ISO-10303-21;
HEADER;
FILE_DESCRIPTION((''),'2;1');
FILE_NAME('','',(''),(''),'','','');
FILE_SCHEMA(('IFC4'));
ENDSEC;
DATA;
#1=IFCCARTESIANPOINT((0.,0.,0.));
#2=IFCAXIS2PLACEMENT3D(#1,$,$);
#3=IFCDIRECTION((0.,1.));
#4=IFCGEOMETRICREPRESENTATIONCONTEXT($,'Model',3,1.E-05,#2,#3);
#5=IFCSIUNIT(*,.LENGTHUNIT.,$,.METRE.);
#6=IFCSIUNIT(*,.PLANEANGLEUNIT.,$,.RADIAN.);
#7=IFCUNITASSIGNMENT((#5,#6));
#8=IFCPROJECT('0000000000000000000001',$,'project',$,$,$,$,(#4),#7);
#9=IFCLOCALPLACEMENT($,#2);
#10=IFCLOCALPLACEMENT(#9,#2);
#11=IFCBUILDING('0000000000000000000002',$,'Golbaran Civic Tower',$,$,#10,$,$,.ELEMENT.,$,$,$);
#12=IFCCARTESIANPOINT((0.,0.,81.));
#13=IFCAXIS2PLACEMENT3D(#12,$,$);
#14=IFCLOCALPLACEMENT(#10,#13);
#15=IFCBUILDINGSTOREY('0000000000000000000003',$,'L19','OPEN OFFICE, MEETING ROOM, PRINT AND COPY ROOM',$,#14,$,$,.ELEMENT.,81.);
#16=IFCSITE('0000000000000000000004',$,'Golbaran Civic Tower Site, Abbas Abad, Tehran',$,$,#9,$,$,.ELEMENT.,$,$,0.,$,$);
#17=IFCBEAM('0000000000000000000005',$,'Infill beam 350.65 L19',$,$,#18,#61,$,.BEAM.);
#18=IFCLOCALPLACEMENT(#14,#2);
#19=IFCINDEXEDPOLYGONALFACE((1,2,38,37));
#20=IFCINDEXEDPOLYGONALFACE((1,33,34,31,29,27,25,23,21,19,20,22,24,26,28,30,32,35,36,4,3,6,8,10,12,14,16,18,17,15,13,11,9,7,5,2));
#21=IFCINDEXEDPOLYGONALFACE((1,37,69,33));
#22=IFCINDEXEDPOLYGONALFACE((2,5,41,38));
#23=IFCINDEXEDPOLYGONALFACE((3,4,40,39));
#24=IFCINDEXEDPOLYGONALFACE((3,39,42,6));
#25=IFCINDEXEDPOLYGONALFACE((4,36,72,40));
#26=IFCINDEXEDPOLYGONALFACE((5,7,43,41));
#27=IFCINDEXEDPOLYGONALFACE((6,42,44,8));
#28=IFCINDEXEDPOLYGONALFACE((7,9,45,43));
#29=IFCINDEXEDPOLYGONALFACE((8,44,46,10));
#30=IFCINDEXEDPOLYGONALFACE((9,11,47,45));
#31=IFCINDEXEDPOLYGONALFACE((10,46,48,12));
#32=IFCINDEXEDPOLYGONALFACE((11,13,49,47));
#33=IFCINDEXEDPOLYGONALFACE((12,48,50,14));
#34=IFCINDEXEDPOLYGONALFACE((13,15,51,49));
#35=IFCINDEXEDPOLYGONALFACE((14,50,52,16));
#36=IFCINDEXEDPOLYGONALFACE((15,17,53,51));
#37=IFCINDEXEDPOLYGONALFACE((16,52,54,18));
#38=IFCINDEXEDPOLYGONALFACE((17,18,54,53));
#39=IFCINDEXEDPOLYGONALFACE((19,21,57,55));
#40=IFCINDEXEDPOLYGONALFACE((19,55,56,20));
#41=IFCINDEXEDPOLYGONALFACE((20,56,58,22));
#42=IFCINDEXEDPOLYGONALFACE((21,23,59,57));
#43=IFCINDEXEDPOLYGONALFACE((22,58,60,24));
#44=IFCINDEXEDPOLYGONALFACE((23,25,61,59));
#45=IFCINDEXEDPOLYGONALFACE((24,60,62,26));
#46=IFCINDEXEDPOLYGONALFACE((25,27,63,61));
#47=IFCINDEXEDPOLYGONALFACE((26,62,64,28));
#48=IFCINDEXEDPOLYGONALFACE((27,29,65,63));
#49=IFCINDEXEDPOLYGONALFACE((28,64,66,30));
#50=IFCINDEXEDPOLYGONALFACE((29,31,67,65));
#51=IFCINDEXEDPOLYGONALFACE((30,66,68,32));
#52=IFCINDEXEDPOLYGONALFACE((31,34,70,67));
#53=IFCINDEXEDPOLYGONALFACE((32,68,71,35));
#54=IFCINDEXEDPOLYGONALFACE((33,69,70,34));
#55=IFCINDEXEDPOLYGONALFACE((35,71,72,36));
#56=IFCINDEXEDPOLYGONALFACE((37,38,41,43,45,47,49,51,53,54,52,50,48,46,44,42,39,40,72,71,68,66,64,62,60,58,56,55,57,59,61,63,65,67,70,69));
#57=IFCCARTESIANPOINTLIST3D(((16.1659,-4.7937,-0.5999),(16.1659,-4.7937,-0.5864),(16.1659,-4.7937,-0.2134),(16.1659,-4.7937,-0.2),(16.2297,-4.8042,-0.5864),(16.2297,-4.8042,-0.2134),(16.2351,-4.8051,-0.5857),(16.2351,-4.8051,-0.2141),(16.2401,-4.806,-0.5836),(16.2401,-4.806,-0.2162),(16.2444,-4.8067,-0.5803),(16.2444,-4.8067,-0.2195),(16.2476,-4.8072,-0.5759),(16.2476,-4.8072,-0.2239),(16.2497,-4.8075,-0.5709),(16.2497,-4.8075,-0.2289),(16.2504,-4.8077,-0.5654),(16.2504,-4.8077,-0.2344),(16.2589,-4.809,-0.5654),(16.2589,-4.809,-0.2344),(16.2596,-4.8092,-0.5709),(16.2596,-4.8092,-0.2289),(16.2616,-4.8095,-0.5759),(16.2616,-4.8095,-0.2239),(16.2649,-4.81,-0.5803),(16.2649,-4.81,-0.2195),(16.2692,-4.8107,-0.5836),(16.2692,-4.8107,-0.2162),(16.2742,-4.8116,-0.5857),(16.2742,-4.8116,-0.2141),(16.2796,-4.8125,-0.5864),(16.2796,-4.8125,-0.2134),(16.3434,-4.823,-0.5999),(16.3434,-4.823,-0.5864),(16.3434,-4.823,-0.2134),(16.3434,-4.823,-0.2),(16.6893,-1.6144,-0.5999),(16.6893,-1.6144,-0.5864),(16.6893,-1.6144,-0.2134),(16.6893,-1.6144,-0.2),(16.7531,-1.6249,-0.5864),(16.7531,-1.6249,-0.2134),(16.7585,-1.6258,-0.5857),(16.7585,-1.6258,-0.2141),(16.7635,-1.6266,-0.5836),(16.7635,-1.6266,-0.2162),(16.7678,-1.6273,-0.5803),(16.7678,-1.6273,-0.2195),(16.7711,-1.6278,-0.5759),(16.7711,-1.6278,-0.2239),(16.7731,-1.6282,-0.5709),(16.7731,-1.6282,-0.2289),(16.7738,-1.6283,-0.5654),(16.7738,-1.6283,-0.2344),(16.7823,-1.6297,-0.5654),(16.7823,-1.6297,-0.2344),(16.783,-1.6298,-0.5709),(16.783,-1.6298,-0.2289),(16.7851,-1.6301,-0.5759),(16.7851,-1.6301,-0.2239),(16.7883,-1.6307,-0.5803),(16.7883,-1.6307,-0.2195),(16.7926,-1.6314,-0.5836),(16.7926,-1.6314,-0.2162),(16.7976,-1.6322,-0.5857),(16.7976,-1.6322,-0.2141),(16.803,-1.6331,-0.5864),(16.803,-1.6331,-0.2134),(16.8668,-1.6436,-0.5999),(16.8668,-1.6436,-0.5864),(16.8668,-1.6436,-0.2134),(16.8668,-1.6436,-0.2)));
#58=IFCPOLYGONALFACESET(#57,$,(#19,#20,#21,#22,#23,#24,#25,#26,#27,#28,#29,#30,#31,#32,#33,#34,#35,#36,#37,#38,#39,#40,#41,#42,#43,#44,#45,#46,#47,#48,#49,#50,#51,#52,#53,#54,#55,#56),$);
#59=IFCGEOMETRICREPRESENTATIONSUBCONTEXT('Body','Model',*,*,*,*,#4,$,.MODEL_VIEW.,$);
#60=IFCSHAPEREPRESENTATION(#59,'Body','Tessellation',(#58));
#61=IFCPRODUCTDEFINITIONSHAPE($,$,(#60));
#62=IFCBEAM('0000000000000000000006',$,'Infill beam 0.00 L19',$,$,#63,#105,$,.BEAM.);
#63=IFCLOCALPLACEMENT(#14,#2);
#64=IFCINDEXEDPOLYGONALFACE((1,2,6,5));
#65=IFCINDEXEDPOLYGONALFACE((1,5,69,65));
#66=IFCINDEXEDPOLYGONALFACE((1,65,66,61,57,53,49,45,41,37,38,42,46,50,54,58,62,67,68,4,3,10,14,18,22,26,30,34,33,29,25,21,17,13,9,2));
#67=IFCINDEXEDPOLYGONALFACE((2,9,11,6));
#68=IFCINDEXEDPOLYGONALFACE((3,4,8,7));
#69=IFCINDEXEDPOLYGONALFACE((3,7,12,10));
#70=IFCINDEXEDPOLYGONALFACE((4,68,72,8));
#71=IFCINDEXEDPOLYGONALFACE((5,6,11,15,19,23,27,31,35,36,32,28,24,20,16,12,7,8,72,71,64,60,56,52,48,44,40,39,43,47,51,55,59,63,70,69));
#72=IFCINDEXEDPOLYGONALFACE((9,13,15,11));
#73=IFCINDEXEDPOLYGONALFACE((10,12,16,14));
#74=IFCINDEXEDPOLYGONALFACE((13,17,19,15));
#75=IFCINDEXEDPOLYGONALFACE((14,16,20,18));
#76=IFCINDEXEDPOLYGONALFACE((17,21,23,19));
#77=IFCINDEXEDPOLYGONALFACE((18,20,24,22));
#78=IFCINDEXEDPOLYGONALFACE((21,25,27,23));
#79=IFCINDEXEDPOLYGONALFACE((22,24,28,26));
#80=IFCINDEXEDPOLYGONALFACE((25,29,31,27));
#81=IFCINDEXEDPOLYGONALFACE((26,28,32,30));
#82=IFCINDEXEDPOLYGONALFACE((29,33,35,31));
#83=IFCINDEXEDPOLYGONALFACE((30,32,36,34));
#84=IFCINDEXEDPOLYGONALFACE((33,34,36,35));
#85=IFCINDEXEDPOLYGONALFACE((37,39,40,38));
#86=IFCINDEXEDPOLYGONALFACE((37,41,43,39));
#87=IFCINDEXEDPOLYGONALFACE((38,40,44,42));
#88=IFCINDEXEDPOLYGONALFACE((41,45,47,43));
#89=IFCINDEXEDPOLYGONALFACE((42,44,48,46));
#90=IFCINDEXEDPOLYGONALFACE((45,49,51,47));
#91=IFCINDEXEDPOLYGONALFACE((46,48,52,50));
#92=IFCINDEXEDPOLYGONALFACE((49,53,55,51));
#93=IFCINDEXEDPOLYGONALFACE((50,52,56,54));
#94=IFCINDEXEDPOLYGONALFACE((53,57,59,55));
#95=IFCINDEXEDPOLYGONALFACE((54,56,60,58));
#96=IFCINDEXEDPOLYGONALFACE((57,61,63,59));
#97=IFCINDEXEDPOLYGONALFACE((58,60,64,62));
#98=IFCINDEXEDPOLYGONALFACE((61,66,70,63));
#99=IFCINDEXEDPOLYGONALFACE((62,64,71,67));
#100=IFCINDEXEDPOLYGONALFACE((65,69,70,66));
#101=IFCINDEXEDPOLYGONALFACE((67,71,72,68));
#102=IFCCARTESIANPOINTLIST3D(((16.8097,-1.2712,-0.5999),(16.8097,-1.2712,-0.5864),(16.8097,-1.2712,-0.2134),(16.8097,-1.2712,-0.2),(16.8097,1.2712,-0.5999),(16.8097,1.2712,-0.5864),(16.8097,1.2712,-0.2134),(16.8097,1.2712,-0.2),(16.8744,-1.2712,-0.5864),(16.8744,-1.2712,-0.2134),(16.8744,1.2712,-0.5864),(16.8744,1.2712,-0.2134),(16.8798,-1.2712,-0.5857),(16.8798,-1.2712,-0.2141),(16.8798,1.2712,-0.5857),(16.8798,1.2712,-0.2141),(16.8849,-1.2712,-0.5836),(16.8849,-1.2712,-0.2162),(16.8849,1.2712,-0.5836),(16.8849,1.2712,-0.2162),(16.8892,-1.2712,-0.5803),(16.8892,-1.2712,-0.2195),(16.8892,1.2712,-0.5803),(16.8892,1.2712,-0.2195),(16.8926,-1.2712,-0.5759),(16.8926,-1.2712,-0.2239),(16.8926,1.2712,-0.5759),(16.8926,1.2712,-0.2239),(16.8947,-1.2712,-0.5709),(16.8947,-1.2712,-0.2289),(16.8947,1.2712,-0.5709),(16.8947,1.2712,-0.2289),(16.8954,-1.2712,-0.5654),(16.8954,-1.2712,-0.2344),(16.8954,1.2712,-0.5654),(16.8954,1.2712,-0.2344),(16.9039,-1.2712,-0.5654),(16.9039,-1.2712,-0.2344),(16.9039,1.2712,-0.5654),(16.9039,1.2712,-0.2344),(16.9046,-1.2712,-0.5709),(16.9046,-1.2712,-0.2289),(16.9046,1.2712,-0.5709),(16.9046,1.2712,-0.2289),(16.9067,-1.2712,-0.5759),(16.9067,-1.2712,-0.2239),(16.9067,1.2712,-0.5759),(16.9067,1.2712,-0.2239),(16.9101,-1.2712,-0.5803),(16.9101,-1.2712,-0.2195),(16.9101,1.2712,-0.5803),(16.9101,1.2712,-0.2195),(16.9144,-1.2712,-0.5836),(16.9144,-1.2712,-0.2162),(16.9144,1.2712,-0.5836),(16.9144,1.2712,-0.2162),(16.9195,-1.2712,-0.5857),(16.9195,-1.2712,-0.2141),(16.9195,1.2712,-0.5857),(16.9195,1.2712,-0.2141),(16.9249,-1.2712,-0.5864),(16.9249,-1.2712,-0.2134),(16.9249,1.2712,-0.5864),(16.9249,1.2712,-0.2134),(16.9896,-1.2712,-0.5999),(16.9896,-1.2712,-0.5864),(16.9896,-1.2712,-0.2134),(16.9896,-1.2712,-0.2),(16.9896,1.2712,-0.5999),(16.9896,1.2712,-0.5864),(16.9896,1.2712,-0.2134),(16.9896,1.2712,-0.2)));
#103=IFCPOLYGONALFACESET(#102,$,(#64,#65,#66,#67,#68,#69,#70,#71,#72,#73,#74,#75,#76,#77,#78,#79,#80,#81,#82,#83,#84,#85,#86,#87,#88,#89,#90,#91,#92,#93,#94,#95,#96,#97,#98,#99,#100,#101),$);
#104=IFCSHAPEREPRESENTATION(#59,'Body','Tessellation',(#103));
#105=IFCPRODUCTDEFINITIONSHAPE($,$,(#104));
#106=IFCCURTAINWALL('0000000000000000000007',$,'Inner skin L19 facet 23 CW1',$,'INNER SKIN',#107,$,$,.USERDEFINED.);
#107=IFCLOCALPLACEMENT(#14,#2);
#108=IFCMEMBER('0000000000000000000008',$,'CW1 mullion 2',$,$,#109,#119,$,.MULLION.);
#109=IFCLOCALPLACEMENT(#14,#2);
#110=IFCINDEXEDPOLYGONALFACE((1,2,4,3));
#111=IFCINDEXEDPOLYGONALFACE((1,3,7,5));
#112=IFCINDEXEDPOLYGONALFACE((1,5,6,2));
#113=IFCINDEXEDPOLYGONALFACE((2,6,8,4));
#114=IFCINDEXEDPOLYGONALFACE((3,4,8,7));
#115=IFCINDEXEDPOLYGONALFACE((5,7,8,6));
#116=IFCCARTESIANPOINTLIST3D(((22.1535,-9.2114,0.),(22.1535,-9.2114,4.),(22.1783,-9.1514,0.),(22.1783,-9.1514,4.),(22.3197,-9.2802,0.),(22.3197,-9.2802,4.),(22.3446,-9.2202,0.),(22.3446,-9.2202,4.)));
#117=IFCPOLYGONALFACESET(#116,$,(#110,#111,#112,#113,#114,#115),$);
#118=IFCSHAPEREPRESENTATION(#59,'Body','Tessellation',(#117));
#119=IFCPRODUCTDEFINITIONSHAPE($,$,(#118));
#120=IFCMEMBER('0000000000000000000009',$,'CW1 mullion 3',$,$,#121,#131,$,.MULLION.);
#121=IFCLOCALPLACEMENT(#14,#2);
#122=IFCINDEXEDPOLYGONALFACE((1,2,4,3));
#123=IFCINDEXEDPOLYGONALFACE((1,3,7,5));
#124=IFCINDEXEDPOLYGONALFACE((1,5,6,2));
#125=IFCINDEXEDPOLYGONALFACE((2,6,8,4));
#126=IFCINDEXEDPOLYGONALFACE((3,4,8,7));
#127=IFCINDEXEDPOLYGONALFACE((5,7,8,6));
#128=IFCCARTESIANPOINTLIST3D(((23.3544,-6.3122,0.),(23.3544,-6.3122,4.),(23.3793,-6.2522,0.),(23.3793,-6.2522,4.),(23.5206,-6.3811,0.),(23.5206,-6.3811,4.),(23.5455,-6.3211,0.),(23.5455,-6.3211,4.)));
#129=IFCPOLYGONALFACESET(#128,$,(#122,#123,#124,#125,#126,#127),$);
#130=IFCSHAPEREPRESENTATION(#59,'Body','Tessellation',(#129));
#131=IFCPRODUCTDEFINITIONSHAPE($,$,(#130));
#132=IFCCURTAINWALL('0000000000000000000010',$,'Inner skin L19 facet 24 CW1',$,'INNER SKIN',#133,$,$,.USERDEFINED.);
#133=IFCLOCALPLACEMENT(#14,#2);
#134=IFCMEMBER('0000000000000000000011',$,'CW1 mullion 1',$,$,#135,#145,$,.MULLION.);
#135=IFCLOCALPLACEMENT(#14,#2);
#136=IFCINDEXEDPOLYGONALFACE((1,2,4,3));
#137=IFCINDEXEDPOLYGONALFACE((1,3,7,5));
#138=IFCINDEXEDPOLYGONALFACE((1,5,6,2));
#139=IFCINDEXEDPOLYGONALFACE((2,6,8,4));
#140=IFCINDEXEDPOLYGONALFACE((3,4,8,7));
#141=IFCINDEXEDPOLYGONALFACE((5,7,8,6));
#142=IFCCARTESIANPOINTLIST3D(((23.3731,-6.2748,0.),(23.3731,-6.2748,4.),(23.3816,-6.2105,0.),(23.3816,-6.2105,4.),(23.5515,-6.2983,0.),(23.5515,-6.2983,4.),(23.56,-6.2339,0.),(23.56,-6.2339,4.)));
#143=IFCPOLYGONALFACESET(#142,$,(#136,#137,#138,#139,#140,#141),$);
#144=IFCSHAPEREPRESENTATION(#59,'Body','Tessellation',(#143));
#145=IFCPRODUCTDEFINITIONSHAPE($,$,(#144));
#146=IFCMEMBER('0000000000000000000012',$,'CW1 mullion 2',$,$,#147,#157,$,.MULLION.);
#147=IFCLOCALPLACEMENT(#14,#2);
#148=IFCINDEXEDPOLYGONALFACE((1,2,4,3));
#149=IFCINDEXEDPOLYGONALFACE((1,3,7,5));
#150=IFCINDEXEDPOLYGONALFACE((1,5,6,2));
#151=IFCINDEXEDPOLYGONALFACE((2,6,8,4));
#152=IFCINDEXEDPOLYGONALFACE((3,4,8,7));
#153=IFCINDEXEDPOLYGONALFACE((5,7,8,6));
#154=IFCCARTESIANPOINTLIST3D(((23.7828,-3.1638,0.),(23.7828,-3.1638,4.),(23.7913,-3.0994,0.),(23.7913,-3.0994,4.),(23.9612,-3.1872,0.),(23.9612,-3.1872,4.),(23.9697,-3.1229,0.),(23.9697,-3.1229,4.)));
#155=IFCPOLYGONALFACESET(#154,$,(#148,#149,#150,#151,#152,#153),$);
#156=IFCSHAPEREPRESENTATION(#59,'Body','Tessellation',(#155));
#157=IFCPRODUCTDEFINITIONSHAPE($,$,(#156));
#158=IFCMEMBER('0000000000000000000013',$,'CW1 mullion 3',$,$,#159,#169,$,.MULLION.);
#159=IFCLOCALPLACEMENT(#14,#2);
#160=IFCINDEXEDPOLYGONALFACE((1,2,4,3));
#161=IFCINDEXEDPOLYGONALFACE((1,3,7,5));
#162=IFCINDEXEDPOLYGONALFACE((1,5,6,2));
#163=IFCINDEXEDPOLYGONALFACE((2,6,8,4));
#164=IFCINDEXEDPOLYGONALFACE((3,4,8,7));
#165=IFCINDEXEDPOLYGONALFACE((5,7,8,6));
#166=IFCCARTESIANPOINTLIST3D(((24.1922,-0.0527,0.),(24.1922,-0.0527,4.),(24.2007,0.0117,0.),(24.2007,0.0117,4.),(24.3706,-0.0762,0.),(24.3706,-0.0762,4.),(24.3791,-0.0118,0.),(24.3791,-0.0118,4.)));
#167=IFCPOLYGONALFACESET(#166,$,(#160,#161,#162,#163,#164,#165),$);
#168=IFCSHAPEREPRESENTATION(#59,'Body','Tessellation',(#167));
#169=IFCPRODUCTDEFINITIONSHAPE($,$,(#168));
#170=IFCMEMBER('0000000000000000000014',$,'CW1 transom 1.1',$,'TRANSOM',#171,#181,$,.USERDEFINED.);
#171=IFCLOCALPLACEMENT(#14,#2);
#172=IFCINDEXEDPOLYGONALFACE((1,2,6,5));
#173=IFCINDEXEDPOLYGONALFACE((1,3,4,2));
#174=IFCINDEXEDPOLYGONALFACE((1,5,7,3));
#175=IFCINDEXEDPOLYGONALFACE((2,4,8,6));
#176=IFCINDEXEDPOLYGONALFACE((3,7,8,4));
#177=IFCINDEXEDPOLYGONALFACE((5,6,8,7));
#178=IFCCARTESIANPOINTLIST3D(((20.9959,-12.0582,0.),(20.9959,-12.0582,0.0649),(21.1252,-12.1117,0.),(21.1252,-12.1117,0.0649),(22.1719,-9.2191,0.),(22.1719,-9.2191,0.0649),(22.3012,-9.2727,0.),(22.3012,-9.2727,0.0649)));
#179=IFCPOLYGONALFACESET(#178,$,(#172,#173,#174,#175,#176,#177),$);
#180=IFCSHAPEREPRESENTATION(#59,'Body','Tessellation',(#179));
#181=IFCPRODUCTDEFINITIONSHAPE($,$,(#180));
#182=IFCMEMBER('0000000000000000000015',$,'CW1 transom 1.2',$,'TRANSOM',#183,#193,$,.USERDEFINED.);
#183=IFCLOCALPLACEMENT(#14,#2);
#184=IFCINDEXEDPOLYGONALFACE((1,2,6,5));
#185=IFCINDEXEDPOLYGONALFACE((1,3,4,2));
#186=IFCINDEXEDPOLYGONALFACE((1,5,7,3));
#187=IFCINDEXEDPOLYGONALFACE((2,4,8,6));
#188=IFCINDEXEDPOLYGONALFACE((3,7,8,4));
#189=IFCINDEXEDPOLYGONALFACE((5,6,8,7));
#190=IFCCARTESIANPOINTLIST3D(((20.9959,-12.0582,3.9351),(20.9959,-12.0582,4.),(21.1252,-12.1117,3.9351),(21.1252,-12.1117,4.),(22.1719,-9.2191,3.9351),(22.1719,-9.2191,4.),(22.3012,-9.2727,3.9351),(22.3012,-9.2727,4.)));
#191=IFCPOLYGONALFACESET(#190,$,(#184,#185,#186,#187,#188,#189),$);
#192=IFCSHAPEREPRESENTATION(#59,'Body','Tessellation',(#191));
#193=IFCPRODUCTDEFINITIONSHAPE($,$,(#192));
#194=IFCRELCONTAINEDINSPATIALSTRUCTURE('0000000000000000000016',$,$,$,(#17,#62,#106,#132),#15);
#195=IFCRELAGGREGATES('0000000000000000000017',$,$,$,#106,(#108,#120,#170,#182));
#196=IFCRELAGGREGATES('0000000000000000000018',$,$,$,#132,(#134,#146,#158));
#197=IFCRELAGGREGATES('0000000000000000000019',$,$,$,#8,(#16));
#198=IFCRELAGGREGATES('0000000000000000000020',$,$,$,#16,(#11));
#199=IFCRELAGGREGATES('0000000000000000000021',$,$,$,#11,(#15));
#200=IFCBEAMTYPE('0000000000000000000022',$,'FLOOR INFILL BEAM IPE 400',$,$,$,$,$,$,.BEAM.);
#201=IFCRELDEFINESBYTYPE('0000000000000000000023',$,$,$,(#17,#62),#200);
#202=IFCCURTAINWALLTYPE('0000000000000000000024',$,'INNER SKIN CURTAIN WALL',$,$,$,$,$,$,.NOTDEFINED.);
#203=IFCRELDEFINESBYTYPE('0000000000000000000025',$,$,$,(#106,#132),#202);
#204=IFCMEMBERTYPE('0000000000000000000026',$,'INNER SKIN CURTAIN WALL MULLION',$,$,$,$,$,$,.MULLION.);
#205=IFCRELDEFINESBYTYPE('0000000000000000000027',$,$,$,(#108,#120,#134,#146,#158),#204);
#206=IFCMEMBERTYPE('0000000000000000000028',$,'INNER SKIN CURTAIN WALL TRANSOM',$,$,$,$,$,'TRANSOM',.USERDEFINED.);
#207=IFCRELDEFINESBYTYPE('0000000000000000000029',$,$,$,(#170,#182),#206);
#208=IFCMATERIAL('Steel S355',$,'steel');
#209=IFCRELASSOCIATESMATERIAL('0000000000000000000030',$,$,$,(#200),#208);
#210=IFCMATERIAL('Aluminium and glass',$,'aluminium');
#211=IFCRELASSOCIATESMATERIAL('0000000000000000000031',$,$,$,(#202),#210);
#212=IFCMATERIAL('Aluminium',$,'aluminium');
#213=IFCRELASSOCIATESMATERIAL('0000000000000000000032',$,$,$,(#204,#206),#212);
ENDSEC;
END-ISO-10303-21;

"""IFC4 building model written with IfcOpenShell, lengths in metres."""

from ifc_helpers import new_model, si_unit, direction, frame, origin, origin_2d, place, context, subcontext, project, spatial, rectangle, i_section, extrude, material, material_profile, profile_set, type_object, element, aggregate, save


model = new_model("IFC4")

# Units and contexts
model_context = context("Model", 3, precision=1e-05, world=origin(), true_north=direction((0.0, 1.0)))
body_context = subcontext(model_context, "Body", "Model", "MODEL_VIEW")
ifc_project = project(units=[si_unit("LENGTHUNIT", "METRE"), si_unit("PLANEANGLEUNIT", "RADIAN")], contexts=[model_context])

# Site, building, storey
site_placement = place(None, origin())
site = spatial("IfcSite", under=ifc_project, at=site_placement, Name="Golbaran Civic Tower Site, Abbas Abad, Tehran", CompositionType="ELEMENT", RefElevation=0.0)
building_placement = place(site_placement, origin())
building = spatial("IfcBuilding", under=site, at=building_placement, Name="Golbaran Civic Tower", CompositionType="ELEMENT")
storey_placement = place(building_placement, frame((0.0, 0.0, 81.0)))
storey = spatial("IfcBuildingStorey", under=building, at=storey_placement, Name="L19", Description="OPEN OFFICE, MEETING ROOM, PRINT AND COPY ROOM", CompositionType="ELEMENT", Elevation=81.0)

# Beams
ifc_material_1 = material(Name="Steel S355", Category="steel")
ifc_material_profile_1 = material_profile(ifc_material_1, i_section(OverallWidth=0.1799, OverallDepth=0.3999, WebThickness=0.0085, FlangeThickness=0.0134, FilletRadius=0.021, at=origin_2d()), Name="IPE 400")
ifc_profile_set_1 = profile_set([ifc_material_profile_1], Name="Steel S355")
beam_type_1 = type_object("IfcBeamType", Name="FLOOR INFILL BEAM IPE 400", PredefinedType="BEAM", material=ifc_profile_set_1)
beam_1_placement = place(storey_placement, frame((16.2546, -4.8083, -0.3999), z_axis=(0.162445, 0.986718, 0.0), x_axis=(-0.986718, 0.162445, 0.0)))
element("IfcBeam", 1, at=beam_1_placement, inside=storey, type_object=beam_type_1, Name="Infill beam 350.65 L19", PredefinedType="BEAM", context=body_context, shape_type="SweptSolid", body=[
    extrude(i_section(OverallWidth=0.1799, OverallDepth=0.3999, WebThickness=0.0085, FlangeThickness=0.0134, FilletRadius=0.021, at=origin_2d()), origin(), (0.0, 0.0, 1.0), 3.2222),
])
beam_2_placement = place(storey_placement, frame((16.8997, -1.2712, -0.3999), z_axis=(0.0, 1.0, 0.0), x_axis=(-1.0, 0.0, 0.0)))
element("IfcBeam", 2, at=beam_2_placement, inside=storey, type_object=beam_type_1, Name="Infill beam 0.00 L19", PredefinedType="BEAM", context=body_context, shape_type="SweptSolid", body=[
    extrude(i_section(OverallWidth=0.1799, OverallDepth=0.3999, WebThickness=0.0085, FlangeThickness=0.0134, FilletRadius=0.021, at=origin_2d()), origin(), (0.0, 0.0, 1.0), 2.5425),
])

# Curtain walls, members
ifc_material_2 = material(Name="Aluminium and glass", Category="aluminium")
curtain_wall_type = type_object("IfcCurtainWallType", Name="INNER SKIN CURTAIN WALL", PredefinedType="NOTDEFINED", material=ifc_material_2)
curtain_wall_1_placement = place(storey_placement, origin())
curtain_wall_1 = element("IfcCurtainWall", 3, at=curtain_wall_1_placement, inside=storey, type_object=curtain_wall_type, Name="Inner skin L19 facet 23 CW1", ObjectType="INNER SKIN", PredefinedType="USERDEFINED")
ifc_material_3 = material(Name="Aluminium", Category="aluminium")
ifc_material_profile_2 = material_profile(ifc_material_3, rectangle(XDim=0.1799, YDim=0.0649, at=origin_2d()), Name="INNER SKIN CURTAIN WALL MULLION")
ifc_profile_set_2 = profile_set([ifc_material_profile_2], Name="Aluminium")
member_type_1 = type_object("IfcMemberType", Name="INNER SKIN CURTAIN WALL MULLION", PredefinedType="MULLION", material=ifc_profile_set_2)
member_1_placement = place(storey_placement, frame((22.249, -9.2158, 0.0), z_axis=(0.0, 0.0, 1.0), x_axis=(-0.92388, 0.382683, 0.0)))
member_1 = element("IfcMember", 4, at=member_1_placement, type_object=member_type_1, Name="CW1 mullion 2", PredefinedType="MULLION", context=body_context, shape_type="SweptSolid", body=[
    extrude(rectangle(XDim=0.1799, YDim=0.0649, at=origin_2d()), origin(), (0.0, 0.0, 1.0), 4.0),
])
member_2_placement = place(storey_placement, frame((23.45, -6.3167, 0.0), z_axis=(0.0, 0.0, 1.0), x_axis=(-0.92388, 0.382683, 0.0)))
member_2 = element("IfcMember", 5, at=member_2_placement, type_object=member_type_1, Name="CW1 mullion 3", PredefinedType="MULLION", context=body_context, shape_type="SweptSolid", body=[
    extrude(rectangle(XDim=0.1799, YDim=0.0649, at=origin_2d()), origin(), (0.0, 0.0, 1.0), 4.0),
])
curtain_wall_2_placement = place(storey_placement, origin())
curtain_wall_2 = element("IfcCurtainWall", 6, at=curtain_wall_2_placement, inside=storey, type_object=curtain_wall_type, Name="Inner skin L19 facet 24 CW1", ObjectType="INNER SKIN", PredefinedType="USERDEFINED")
member_3_placement = place(storey_placement, frame((23.4666, -6.2544, 0.0), z_axis=(0.0, 0.0, 1.0), x_axis=(-0.991445, 0.130526, 0.0)))
member_3 = element("IfcMember", 7, at=member_3_placement, type_object=member_type_1, Name="CW1 mullion 1", PredefinedType="MULLION", context=body_context, shape_type="SweptSolid", body=[
    extrude(rectangle(XDim=0.1799, YDim=0.0649, at=origin_2d()), origin(), (0.0, 0.0, 1.0), 4.0),
])
member_4_placement = place(storey_placement, frame((23.8762, -3.1433, 0.0), z_axis=(0.0, 0.0, 1.0), x_axis=(-0.991445, 0.130526, 0.0)))
member_4 = element("IfcMember", 8, at=member_4_placement, type_object=member_type_1, Name="CW1 mullion 2", PredefinedType="MULLION", context=body_context, shape_type="SweptSolid", body=[
    extrude(rectangle(XDim=0.1799, YDim=0.0649, at=origin_2d()), origin(), (0.0, 0.0, 1.0), 4.0),
])
member_5_placement = place(storey_placement, frame((24.2856, -0.0322, 0.0), z_axis=(0.0, 0.0, 1.0), x_axis=(-0.991445, 0.130526, 0.0)))
member_5 = element("IfcMember", 9, at=member_5_placement, type_object=member_type_1, Name="CW1 mullion 3", PredefinedType="MULLION", context=body_context, shape_type="SweptSolid", body=[
    extrude(rectangle(XDim=0.1799, YDim=0.0649, at=origin_2d()), origin(), (0.0, 0.0, 1.0), 4.0),
])

# Members
ifc_material_profile_3 = material_profile(ifc_material_3, rectangle(XDim=0.1399, YDim=0.0649, at=origin_2d()), Name="INNER SKIN CURTAIN WALL TRANSOM")
ifc_profile_set_3 = profile_set([ifc_material_profile_3], Name="Aluminium")
member_type_2 = type_object("IfcMemberType", Name="INNER SKIN CURTAIN WALL TRANSOM", ElementType="TRANSOM", PredefinedType="USERDEFINED", material=ifc_profile_set_3)
member_6_placement = place(storey_placement, frame((21.0605, -12.085, 0.0325), z_axis=(0.382691, 0.923876, 0.0), x_axis=(-0.923876, 0.382691, 0.0)))
member_6 = element("IfcMember", 10, at=member_6_placement, type_object=member_type_2, Name="CW1 transom 1.1", ObjectType="TRANSOM", PredefinedType="USERDEFINED", context=body_context, shape_type="SweptSolid", body=[
    extrude(rectangle(XDim=0.1399, YDim=0.0649, at=origin_2d()), origin(), (0.0, 0.0, 1.0), 3.073),
])
member_7_placement = place(storey_placement, frame((21.0605, -12.085, 3.9675), z_axis=(0.382691, 0.923876, 0.0), x_axis=(-0.923876, 0.382691, 0.0)))
member_7 = element("IfcMember", 11, at=member_7_placement, type_object=member_type_2, Name="CW1 transom 1.2", ObjectType="TRANSOM", PredefinedType="USERDEFINED", context=body_context, shape_type="SweptSolid", body=[
    extrude(rectangle(XDim=0.1399, YDim=0.0649, at=origin_2d()), origin(), (0.0, 0.0, 1.0), 3.073),
])

aggregate(curtain_wall_1, [member_1, member_2, member_6, member_7])
aggregate(curtain_wall_2, [member_3, member_4, member_5])

save(model, "model.ifc")
